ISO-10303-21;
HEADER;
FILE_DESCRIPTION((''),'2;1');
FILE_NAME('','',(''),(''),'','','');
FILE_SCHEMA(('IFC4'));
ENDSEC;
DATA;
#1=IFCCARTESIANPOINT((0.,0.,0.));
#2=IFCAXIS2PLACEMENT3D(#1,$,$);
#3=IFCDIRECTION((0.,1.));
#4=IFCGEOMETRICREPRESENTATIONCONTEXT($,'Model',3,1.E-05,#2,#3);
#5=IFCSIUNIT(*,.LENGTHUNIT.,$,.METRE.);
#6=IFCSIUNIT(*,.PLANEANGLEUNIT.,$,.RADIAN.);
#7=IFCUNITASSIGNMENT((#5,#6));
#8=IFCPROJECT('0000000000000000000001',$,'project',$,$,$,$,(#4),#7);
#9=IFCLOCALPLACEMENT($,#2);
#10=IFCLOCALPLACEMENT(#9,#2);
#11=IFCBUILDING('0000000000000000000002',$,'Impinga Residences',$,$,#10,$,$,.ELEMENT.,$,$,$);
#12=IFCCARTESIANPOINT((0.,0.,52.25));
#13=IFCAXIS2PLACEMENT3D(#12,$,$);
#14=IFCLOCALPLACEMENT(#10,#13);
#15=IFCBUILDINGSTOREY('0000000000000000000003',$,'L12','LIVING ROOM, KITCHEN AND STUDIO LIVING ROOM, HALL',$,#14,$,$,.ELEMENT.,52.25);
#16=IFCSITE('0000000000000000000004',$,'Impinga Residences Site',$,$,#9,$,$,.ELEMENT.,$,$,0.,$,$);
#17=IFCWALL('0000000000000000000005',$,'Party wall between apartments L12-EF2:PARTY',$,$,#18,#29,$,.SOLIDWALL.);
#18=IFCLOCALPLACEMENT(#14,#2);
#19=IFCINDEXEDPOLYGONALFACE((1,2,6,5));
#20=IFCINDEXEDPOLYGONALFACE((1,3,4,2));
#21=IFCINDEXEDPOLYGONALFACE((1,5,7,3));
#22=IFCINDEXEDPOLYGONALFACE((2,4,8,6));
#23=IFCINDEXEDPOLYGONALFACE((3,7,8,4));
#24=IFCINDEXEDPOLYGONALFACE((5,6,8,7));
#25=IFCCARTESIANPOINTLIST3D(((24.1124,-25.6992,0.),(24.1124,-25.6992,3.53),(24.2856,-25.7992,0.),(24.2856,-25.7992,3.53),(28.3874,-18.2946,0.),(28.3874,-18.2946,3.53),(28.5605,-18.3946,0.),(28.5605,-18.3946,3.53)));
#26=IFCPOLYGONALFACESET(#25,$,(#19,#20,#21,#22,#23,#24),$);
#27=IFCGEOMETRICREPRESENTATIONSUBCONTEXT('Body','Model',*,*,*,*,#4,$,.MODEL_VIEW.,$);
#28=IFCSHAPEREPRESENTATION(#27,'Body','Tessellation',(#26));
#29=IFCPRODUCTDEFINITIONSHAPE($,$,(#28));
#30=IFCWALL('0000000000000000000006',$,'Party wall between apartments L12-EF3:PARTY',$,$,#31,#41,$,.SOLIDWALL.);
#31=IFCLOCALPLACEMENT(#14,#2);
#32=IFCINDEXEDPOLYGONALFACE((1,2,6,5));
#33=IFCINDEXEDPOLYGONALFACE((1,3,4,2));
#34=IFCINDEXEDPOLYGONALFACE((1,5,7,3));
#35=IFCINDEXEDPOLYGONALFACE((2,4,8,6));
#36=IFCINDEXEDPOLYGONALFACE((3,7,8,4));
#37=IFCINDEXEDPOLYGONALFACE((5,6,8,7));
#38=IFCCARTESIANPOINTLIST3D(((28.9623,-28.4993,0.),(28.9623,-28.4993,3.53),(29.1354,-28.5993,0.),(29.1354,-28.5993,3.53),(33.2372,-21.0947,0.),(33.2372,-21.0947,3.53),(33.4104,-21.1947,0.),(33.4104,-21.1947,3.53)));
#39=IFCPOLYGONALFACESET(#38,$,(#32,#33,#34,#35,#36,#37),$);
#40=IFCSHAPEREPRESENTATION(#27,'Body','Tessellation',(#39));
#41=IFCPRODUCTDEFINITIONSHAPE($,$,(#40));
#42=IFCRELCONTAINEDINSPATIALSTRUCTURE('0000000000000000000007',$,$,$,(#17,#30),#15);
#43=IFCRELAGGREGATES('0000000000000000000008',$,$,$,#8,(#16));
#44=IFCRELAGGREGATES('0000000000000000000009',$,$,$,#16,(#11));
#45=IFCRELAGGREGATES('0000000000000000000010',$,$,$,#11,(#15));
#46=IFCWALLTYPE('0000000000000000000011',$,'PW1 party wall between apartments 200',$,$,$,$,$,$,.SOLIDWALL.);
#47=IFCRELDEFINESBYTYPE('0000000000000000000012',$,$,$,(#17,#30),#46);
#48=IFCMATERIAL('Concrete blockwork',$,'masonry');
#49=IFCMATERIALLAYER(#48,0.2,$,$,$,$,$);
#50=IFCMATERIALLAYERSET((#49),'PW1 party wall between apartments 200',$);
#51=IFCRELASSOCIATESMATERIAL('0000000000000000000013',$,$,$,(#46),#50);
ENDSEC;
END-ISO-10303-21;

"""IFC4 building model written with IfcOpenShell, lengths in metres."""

from ifc_helpers import new_model, si_unit, direction, frame, frame_2d, origin, place, context, subcontext, project, spatial, rectangle, extrude, material, layer, layer_set, type_object, element, save


model = new_model("IFC4")

# Units and contexts
model_context = context("Model", 3, precision=1e-05, world=origin(), true_north=direction((0.0, 1.0)))
body_context = subcontext(model_context, "Body", "Model", "MODEL_VIEW")
ifc_project = project(units=[si_unit("LENGTHUNIT", "METRE"), si_unit("PLANEANGLEUNIT", "RADIAN")], contexts=[model_context])

# Site, building, storey
site_placement = place(None, origin())
site = spatial("IfcSite", under=ifc_project, at=site_placement, Name="Impinga Residences Site", CompositionType="ELEMENT", RefElevation=0.0)
building_placement = place(site_placement, origin())
building = spatial("IfcBuilding", under=site, at=building_placement, Name="Impinga Residences", CompositionType="ELEMENT")
storey_placement = place(building_placement, frame((0.0, 0.0, 52.25)))
storey = spatial("IfcBuildingStorey", under=building, at=storey_placement, Name="L12", Description="LIVING ROOM, KITCHEN AND STUDIO LIVING ROOM, HALL", CompositionType="ELEMENT", Elevation=52.25)

# Walls
ifc_material_1 = material(Name="Concrete blockwork", Category="masonry")
ifc_layer_1 = layer(ifc_material_1, 0.2)
ifc_layer_set_1 = layer_set([ifc_layer_1], Name="PW1 party wall between apartments 200")
wall_type_1 = type_object("IfcWallType", Name="PW1 party wall between apartments 200", PredefinedType="SOLIDWALL", material=ifc_layer_set_1)
for number, where, z_axis, x_axis, name in (
    (1, (28.4739, -18.3447, 0.0), (0.0, 0.0, 1.0), (-0.49999, -0.866031, 0.0), "Party wall between apartments L12-EF2:PARTY"),
    (2, (33.3237, -21.1448, 0.0), (0.0, 0.0, 1.0), (-0.49999, -0.866031, 0.0), "Party wall between apartments L12-EF3:PARTY"),
):
    element("IfcWall", number, at=place(storey_placement, frame(where, z_axis=z_axis, x_axis=x_axis)), inside=storey, type_object=wall_type_1, Name=name, PredefinedType="SOLIDWALL", context=body_context, shape_type="SweptSolid", body=[
        extrude(rectangle(XDim=8.55, YDim=0.2, at=frame_2d((4.2749, 0.0))), origin(), (0.0, 0.0, 1.0), 3.53),
    ])

save(model, "model.ifc")
